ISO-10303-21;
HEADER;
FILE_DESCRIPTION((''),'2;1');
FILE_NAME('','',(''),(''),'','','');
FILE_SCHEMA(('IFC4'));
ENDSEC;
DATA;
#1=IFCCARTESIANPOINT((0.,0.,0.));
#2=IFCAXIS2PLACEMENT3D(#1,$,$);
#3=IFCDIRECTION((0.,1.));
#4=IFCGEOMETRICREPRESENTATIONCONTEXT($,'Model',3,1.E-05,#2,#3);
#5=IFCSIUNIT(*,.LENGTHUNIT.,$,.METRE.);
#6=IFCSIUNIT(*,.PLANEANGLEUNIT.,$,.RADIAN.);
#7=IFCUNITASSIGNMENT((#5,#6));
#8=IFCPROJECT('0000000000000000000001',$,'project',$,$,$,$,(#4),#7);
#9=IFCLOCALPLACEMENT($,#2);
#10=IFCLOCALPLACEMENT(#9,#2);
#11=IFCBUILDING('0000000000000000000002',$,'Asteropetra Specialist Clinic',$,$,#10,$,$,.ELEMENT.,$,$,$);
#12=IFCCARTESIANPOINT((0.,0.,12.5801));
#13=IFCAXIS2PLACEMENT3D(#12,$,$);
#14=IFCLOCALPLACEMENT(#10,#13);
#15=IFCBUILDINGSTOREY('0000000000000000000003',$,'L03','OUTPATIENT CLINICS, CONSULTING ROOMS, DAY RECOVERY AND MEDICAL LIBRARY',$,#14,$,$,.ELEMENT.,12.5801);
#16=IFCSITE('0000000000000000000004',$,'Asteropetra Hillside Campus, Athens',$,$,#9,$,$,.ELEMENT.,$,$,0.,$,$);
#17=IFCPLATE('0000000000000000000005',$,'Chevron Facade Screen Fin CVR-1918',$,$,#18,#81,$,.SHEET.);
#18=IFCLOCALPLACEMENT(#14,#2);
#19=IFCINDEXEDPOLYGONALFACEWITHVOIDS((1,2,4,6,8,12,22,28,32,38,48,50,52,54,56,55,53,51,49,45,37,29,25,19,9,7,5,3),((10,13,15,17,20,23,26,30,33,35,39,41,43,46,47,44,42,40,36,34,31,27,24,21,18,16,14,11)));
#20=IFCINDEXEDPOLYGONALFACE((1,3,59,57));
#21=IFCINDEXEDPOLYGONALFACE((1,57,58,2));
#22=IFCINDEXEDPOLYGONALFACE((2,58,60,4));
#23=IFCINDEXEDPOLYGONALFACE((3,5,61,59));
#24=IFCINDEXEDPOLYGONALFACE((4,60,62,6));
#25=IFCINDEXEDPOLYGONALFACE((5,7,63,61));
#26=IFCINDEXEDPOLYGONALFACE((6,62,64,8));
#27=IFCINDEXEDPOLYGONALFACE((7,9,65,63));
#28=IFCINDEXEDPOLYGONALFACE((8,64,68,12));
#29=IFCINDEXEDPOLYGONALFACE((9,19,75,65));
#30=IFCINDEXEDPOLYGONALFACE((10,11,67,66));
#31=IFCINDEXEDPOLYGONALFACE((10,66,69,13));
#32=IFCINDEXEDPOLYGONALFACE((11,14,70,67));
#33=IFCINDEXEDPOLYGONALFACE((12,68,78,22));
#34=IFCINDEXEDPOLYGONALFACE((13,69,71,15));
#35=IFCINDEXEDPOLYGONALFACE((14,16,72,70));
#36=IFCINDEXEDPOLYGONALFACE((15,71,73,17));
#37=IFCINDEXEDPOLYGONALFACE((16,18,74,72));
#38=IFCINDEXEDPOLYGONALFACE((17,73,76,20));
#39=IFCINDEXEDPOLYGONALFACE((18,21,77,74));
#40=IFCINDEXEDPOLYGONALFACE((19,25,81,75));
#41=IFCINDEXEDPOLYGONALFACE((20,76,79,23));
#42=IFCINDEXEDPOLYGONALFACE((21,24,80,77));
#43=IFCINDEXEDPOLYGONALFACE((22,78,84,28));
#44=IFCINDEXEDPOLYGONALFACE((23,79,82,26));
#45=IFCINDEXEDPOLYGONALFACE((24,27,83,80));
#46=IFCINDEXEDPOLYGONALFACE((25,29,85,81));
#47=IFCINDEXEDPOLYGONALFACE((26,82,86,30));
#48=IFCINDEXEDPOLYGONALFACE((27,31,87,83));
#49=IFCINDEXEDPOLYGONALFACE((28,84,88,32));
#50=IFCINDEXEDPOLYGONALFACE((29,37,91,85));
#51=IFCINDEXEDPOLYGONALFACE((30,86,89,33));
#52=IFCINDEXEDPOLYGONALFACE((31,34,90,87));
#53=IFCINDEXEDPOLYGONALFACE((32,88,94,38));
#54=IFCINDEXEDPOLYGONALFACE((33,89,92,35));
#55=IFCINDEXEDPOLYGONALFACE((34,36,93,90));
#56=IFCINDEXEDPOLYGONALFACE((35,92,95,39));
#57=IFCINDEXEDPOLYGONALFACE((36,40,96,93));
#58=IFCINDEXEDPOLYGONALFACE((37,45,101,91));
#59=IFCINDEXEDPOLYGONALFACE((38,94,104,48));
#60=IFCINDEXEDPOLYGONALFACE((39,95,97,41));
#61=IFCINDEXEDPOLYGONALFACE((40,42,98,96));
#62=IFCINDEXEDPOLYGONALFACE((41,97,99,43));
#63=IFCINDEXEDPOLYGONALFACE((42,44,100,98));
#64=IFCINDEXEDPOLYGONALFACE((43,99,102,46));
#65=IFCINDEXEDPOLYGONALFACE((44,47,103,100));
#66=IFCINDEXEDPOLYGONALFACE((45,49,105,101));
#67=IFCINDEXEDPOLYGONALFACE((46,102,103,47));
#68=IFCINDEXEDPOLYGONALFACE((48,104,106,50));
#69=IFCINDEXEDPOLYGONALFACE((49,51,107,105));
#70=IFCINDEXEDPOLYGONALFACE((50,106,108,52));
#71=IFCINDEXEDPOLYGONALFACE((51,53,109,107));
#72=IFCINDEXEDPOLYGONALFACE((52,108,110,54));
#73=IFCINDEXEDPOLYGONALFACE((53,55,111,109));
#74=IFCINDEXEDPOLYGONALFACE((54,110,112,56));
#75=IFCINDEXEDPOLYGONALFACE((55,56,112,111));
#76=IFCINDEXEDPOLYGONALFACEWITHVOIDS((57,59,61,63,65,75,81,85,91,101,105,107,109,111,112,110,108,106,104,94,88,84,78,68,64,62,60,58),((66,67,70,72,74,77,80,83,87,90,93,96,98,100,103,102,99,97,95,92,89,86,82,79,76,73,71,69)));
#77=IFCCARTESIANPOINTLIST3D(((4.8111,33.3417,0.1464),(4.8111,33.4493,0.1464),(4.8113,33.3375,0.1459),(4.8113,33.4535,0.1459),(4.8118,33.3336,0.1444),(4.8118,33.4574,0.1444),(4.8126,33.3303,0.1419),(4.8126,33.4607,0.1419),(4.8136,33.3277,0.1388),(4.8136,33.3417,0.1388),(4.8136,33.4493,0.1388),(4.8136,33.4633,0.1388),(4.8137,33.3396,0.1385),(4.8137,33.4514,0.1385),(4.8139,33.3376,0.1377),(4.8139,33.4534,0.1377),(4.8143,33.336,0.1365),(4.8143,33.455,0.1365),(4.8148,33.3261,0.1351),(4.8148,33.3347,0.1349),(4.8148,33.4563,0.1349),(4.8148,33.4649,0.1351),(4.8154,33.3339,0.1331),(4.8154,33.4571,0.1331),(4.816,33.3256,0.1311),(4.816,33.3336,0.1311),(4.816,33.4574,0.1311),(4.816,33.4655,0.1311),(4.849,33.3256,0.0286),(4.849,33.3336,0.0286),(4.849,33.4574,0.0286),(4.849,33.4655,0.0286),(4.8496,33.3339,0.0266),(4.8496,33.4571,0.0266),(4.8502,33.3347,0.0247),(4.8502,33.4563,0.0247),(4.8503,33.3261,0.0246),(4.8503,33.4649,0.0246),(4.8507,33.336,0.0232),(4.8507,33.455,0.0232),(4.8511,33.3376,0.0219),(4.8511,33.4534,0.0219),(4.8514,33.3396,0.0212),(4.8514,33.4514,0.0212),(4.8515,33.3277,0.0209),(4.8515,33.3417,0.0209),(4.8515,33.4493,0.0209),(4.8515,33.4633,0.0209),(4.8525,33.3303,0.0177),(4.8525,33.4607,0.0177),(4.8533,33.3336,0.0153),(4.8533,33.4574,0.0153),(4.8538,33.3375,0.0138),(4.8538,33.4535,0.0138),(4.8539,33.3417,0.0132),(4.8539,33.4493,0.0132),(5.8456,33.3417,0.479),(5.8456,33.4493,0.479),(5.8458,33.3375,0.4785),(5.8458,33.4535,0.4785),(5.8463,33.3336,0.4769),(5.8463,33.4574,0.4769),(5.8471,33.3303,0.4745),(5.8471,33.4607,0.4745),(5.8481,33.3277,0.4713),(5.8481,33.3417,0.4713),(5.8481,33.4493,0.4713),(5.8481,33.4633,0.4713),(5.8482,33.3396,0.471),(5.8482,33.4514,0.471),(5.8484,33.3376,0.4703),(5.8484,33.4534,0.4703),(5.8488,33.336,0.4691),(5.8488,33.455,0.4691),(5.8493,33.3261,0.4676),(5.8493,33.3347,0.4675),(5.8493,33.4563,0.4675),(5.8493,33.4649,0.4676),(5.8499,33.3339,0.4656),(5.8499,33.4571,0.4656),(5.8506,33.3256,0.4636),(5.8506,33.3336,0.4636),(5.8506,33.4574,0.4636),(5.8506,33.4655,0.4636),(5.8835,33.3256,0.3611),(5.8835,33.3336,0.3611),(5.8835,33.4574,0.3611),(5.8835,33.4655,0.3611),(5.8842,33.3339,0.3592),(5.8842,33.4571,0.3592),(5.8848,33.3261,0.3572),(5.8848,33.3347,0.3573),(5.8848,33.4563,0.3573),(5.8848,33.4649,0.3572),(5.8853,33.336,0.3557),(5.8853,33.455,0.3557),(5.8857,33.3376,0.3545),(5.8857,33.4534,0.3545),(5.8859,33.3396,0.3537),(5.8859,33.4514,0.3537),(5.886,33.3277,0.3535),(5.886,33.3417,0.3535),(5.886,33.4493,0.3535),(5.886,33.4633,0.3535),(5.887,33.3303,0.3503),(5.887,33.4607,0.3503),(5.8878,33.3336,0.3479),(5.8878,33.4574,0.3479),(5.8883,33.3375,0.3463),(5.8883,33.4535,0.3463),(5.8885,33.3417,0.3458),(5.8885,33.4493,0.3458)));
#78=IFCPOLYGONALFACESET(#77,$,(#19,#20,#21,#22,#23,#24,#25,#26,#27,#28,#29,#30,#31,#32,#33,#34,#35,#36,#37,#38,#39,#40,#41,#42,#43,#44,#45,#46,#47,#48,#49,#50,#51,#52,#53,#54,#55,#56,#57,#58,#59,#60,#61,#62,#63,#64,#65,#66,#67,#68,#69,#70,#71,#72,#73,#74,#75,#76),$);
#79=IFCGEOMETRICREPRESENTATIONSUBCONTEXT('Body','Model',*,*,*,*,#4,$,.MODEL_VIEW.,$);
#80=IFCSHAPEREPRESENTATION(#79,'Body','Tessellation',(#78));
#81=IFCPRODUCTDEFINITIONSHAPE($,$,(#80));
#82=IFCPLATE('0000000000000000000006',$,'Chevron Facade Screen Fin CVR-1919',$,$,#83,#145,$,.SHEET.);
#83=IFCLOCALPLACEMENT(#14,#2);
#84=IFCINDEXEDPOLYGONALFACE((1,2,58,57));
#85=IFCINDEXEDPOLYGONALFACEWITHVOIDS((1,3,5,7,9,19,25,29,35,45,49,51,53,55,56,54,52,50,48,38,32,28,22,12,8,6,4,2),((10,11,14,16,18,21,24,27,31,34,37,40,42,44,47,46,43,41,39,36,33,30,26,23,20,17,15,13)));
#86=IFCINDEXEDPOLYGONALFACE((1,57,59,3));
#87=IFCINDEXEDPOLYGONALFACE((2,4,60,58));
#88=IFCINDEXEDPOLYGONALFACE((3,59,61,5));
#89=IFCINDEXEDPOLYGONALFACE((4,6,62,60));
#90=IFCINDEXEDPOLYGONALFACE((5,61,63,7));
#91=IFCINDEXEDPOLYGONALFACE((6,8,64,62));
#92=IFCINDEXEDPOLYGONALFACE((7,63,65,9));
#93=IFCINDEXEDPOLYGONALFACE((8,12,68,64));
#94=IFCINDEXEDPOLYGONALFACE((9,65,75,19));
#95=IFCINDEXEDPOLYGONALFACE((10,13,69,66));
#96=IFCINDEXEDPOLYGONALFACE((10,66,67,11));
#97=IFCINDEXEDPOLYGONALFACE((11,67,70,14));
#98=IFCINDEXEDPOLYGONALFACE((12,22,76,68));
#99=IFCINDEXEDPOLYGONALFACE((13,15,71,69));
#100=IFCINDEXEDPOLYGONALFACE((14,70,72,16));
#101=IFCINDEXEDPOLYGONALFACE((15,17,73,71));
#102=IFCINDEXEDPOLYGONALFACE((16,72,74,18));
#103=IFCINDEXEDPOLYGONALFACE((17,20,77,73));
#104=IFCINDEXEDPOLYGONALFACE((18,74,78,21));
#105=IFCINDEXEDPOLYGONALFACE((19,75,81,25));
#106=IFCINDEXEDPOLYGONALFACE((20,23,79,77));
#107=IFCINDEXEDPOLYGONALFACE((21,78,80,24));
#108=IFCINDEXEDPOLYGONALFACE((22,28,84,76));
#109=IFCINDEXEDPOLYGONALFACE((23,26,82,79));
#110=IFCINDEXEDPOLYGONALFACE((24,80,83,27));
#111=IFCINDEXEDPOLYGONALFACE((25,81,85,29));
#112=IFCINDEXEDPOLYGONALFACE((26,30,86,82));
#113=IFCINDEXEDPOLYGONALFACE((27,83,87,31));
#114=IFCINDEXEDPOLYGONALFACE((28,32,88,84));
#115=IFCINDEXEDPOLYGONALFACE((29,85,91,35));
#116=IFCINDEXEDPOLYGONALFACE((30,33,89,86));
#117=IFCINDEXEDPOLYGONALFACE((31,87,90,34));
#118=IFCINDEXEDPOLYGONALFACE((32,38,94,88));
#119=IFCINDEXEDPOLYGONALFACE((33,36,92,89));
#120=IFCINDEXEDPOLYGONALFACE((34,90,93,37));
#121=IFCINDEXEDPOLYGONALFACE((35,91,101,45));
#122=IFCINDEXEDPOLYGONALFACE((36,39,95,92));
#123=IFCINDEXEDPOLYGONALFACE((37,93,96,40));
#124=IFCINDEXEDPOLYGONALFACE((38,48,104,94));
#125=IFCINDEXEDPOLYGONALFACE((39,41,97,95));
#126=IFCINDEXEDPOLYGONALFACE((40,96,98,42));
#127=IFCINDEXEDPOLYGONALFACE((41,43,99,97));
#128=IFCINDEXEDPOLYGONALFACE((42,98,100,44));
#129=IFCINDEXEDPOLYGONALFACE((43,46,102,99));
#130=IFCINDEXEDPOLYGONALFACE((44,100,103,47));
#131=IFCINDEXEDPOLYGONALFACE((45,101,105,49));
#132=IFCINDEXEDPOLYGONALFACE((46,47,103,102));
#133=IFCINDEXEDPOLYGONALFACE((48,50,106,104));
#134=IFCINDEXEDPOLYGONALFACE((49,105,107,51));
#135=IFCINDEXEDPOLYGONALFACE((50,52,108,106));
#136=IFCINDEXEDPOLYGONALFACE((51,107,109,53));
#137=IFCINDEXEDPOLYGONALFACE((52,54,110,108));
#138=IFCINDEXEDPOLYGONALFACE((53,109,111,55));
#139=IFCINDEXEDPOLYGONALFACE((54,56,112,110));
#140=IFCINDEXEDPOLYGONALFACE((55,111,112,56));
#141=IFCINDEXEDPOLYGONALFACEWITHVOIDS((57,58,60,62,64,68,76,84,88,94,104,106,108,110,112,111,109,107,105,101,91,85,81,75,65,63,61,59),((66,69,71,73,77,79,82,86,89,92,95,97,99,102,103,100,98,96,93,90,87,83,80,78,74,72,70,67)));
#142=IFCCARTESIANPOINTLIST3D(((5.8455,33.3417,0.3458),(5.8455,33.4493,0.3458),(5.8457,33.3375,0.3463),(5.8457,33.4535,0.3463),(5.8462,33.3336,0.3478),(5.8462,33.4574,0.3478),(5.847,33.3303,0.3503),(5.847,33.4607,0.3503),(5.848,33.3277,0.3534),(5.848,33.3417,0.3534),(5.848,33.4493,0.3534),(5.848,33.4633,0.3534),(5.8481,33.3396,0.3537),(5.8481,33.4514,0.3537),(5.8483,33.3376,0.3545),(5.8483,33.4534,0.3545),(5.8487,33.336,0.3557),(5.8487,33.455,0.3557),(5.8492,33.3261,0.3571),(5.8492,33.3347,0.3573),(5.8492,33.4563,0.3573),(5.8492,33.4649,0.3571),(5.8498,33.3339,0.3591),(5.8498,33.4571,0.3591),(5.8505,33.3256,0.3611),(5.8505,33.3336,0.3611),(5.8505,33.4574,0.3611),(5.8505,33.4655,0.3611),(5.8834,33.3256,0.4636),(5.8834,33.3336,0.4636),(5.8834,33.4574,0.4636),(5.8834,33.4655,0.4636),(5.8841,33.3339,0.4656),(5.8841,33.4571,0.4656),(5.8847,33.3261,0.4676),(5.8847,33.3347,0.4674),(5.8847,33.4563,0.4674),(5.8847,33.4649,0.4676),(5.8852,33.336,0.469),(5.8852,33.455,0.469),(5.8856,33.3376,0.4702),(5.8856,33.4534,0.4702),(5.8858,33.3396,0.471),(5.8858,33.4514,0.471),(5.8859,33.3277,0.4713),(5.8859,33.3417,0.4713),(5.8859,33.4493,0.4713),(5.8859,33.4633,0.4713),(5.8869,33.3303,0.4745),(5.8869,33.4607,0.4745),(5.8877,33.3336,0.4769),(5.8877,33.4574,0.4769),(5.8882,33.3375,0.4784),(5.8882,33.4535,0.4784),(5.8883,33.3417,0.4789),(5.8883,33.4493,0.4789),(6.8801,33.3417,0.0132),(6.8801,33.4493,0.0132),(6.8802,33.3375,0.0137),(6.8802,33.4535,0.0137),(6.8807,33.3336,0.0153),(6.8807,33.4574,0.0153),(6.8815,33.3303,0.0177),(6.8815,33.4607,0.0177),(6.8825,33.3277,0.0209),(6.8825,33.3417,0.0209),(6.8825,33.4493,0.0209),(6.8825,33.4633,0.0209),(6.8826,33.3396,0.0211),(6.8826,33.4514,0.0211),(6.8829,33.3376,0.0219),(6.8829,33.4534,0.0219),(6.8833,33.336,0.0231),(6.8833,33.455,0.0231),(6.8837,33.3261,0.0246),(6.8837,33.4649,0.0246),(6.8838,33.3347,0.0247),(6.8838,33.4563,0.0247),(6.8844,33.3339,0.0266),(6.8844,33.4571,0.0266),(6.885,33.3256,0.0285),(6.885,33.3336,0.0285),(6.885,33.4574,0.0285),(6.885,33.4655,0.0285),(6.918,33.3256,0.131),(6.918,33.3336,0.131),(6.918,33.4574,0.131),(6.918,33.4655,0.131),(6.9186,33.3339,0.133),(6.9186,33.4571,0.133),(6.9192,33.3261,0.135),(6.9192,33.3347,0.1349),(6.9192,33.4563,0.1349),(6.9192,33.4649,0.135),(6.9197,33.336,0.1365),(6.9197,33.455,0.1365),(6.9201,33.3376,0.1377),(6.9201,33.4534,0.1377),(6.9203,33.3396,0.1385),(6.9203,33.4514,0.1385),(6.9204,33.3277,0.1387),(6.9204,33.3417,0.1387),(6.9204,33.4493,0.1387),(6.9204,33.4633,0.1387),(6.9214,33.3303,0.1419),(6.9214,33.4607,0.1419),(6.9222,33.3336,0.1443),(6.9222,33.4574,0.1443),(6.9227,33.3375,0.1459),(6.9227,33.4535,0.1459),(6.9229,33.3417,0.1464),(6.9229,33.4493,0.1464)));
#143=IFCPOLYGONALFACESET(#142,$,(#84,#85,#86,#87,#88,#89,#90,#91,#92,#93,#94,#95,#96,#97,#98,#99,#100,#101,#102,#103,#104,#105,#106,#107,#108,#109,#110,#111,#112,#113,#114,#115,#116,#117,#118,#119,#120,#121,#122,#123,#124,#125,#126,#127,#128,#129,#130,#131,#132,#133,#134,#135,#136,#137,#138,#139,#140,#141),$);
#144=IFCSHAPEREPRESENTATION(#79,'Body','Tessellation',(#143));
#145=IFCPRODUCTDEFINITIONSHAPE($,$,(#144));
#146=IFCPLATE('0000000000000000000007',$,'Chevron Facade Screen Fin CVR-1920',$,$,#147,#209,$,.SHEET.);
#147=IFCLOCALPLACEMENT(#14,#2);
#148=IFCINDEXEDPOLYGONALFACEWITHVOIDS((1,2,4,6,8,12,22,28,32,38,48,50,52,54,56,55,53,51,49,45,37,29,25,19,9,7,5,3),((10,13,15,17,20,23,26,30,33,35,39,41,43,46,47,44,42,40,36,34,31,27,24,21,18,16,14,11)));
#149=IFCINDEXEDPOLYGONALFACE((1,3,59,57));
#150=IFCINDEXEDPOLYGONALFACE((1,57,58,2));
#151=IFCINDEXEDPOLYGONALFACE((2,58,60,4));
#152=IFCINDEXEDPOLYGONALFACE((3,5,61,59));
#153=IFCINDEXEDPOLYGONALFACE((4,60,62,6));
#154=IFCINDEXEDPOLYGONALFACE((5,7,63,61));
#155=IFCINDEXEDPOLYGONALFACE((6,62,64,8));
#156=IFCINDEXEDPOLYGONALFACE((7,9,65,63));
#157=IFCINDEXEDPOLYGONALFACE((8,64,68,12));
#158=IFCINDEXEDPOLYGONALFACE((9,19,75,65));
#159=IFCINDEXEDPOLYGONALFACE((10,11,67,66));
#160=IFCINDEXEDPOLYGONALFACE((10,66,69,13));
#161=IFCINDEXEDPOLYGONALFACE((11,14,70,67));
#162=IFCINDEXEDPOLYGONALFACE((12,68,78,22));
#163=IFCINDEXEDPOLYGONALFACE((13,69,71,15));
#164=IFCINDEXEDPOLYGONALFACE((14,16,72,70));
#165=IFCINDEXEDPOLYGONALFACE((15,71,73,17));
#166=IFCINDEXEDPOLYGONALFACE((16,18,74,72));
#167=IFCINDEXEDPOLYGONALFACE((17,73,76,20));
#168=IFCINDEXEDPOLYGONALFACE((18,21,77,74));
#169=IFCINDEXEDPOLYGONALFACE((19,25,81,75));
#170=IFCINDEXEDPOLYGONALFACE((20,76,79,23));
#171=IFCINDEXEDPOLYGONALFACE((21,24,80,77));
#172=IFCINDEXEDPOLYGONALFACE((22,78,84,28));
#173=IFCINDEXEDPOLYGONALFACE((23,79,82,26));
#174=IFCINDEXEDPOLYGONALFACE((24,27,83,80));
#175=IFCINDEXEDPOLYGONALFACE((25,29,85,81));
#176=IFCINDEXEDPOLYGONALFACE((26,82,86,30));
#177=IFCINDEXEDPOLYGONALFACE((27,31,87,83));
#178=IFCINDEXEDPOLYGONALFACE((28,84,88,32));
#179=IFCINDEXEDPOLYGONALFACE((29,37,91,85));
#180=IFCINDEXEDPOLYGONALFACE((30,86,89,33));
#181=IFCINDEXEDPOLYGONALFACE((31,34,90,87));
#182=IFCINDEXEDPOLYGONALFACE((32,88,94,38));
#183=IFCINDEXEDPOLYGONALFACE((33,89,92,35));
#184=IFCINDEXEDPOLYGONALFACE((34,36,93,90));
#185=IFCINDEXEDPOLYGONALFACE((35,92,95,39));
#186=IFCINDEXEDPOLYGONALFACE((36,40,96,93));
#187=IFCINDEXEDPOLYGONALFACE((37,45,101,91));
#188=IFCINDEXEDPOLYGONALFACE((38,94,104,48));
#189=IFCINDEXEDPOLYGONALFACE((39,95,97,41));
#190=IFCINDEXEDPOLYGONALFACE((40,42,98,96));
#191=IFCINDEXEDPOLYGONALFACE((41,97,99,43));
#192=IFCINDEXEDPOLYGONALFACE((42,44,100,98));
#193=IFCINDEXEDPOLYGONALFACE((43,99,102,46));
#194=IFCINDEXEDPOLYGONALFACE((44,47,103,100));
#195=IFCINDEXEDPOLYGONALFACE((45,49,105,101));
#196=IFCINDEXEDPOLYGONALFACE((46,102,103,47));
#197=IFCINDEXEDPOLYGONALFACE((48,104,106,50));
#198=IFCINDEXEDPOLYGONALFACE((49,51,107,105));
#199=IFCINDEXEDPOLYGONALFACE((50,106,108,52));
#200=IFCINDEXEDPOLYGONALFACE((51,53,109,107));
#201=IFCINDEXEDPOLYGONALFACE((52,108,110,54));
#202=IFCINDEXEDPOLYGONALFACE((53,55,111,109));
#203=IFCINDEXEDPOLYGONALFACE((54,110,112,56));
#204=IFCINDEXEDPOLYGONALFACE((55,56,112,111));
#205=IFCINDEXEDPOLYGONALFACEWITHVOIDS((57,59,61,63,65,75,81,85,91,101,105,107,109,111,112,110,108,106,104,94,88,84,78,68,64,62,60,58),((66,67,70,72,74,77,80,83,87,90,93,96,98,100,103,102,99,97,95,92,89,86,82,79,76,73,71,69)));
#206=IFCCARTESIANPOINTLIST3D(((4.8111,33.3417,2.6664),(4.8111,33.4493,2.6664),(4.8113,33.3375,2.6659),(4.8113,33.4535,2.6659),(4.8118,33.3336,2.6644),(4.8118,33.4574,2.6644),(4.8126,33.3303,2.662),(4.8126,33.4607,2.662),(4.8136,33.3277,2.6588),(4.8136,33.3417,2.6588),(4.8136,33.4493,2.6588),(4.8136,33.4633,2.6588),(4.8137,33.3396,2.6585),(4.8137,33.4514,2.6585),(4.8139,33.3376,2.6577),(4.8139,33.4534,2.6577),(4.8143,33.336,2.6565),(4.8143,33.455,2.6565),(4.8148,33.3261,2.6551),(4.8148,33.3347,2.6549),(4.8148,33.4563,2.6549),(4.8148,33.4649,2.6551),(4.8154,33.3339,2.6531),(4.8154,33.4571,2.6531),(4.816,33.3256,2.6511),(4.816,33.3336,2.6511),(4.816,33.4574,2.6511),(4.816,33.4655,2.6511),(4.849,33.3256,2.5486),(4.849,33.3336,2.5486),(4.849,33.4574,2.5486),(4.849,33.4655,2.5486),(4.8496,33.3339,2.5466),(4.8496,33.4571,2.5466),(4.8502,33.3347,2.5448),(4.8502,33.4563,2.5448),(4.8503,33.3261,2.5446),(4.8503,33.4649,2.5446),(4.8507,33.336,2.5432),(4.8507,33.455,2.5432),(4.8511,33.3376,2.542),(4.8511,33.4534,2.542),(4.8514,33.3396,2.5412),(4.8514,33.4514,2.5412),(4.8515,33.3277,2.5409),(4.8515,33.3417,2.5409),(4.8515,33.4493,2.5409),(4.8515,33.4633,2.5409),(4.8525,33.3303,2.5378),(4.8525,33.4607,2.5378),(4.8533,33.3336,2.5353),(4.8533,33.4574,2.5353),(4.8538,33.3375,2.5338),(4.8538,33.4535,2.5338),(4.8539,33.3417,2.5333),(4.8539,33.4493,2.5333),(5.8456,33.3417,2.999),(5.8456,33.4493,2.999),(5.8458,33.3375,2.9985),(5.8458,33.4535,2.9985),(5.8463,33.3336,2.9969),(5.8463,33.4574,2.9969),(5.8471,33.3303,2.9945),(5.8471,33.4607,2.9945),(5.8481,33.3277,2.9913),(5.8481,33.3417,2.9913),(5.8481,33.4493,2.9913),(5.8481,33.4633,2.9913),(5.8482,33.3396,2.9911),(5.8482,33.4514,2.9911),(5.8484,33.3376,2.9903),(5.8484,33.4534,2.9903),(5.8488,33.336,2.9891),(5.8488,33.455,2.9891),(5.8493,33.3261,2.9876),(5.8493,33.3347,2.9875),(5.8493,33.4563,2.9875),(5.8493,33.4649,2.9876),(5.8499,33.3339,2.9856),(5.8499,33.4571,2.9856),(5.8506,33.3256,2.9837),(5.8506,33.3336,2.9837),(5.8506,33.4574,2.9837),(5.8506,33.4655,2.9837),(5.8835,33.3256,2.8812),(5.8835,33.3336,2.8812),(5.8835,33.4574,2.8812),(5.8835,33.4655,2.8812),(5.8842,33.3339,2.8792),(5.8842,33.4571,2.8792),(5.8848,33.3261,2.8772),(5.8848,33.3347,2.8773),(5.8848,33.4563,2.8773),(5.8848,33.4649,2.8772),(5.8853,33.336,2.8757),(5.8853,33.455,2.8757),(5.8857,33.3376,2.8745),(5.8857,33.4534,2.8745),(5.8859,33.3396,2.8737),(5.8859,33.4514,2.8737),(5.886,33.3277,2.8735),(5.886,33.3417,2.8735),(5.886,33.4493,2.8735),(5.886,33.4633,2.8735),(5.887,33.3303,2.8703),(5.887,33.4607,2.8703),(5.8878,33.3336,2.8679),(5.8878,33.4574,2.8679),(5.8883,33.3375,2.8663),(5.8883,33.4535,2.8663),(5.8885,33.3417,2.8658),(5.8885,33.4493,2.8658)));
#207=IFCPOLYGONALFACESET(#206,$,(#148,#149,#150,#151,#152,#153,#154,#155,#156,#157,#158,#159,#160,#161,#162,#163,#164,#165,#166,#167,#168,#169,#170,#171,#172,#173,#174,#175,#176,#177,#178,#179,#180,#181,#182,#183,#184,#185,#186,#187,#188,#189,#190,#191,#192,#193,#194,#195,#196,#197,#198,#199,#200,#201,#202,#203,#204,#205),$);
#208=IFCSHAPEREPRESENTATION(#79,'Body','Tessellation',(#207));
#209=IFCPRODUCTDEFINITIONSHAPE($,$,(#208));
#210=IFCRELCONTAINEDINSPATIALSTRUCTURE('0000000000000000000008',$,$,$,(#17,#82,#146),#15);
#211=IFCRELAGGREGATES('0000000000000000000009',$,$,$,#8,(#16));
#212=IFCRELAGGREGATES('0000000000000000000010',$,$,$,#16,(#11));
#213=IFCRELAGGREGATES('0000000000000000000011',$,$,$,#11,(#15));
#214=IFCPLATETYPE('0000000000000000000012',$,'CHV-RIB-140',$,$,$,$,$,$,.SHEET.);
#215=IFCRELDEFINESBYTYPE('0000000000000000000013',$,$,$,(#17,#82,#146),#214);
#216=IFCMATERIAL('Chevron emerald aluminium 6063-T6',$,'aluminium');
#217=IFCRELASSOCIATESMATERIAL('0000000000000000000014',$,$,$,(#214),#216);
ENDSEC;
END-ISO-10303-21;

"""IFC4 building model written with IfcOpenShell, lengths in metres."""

from ifc_helpers import new_model, si_unit, direction, frame, origin, origin_2d, place, context, subcontext, project, spatial, hollow_rectangle, extrude, material, material_profile, profile_set, type_object, element, save


model = new_model("IFC4")

# Units and contexts
model_context = context("Model", 3, precision=1e-05, world=origin(), true_north=direction((0.0, 1.0)))
body_context = subcontext(model_context, "Body", "Model", "MODEL_VIEW")
ifc_project = project(units=[si_unit("LENGTHUNIT", "METRE"), si_unit("PLANEANGLEUNIT", "RADIAN")], contexts=[model_context])

# Site, building, storey
site_placement = place(None, origin())
site = spatial("IfcSite", under=ifc_project, at=site_placement, Name="Asteropetra Hillside Campus, Athens", CompositionType="ELEMENT", RefElevation=0.0)
building_placement = place(site_placement, origin())
building = spatial("IfcBuilding", under=site, at=building_placement, Name="Asteropetra Specialist Clinic", CompositionType="ELEMENT")
storey_placement = place(building_placement, frame((0.0, 0.0, 12.5801)))
storey = spatial("IfcBuildingStorey", under=building, at=storey_placement, Name="L03", Description="OUTPATIENT CLINICS, CONSULTING ROOMS, DAY RECOVERY AND MEDICAL LIBRARY", CompositionType="ELEMENT", Elevation=12.5801)

# Plates
ifc_material_1 = material(Name="Chevron emerald aluminium 6063-T6", Category="aluminium")
ifc_material_profile_1 = material_profile(ifc_material_1, hollow_rectangle(XDim=0.1399, YDim=0.1399, WallThickness=0.0081, InnerFilletRadius=0.0081, OuterFilletRadius=0.0161, at=origin_2d()), Name="SHS 140x140x8.0")
ifc_profile_set_1 = profile_set([ifc_material_profile_1], Name="Chevron emerald aluminium 6063-T6")
plate_type = type_object("IfcPlateType", Name="CHV-RIB-140", PredefinedType="SHEET", material=ifc_profile_set_1)
for number, where, z_axis, x_axis, name in (
    (1, (4.8325, 33.3955, 0.0798), (0.952022, 0.0, 0.306031), (0.0, 1.0, 0.0), "Chevron Facade Screen Fin CVR-1918"),
    (2, (5.8669, 33.3955, 0.4124), (0.952022, 0.0, -0.306031), (0.0, 1.0, 0.0), "Chevron Facade Screen Fin CVR-1919"),
    (3, (4.8325, 33.3955, 2.5999), (0.952022, 0.0, 0.306031), (0.0, 1.0, 0.0), "Chevron Facade Screen Fin CVR-1920"),
):
    element("IfcPlate", number, at=place(storey_placement, frame(where, z_axis=z_axis, x_axis=x_axis)), inside=storey, type_object=plate_type, Name=name, PredefinedType="SHEET", context=body_context, shape_type="SweptSolid", body=[
        extrude(hollow_rectangle(XDim=0.1399, YDim=0.1399, WallThickness=0.0081, InnerFilletRadius=0.0081, OuterFilletRadius=0.0161, at=origin_2d()), origin(), (0.0, 0.0, 1.0), 1.0867),
    ])

save(model, "model.ifc")
